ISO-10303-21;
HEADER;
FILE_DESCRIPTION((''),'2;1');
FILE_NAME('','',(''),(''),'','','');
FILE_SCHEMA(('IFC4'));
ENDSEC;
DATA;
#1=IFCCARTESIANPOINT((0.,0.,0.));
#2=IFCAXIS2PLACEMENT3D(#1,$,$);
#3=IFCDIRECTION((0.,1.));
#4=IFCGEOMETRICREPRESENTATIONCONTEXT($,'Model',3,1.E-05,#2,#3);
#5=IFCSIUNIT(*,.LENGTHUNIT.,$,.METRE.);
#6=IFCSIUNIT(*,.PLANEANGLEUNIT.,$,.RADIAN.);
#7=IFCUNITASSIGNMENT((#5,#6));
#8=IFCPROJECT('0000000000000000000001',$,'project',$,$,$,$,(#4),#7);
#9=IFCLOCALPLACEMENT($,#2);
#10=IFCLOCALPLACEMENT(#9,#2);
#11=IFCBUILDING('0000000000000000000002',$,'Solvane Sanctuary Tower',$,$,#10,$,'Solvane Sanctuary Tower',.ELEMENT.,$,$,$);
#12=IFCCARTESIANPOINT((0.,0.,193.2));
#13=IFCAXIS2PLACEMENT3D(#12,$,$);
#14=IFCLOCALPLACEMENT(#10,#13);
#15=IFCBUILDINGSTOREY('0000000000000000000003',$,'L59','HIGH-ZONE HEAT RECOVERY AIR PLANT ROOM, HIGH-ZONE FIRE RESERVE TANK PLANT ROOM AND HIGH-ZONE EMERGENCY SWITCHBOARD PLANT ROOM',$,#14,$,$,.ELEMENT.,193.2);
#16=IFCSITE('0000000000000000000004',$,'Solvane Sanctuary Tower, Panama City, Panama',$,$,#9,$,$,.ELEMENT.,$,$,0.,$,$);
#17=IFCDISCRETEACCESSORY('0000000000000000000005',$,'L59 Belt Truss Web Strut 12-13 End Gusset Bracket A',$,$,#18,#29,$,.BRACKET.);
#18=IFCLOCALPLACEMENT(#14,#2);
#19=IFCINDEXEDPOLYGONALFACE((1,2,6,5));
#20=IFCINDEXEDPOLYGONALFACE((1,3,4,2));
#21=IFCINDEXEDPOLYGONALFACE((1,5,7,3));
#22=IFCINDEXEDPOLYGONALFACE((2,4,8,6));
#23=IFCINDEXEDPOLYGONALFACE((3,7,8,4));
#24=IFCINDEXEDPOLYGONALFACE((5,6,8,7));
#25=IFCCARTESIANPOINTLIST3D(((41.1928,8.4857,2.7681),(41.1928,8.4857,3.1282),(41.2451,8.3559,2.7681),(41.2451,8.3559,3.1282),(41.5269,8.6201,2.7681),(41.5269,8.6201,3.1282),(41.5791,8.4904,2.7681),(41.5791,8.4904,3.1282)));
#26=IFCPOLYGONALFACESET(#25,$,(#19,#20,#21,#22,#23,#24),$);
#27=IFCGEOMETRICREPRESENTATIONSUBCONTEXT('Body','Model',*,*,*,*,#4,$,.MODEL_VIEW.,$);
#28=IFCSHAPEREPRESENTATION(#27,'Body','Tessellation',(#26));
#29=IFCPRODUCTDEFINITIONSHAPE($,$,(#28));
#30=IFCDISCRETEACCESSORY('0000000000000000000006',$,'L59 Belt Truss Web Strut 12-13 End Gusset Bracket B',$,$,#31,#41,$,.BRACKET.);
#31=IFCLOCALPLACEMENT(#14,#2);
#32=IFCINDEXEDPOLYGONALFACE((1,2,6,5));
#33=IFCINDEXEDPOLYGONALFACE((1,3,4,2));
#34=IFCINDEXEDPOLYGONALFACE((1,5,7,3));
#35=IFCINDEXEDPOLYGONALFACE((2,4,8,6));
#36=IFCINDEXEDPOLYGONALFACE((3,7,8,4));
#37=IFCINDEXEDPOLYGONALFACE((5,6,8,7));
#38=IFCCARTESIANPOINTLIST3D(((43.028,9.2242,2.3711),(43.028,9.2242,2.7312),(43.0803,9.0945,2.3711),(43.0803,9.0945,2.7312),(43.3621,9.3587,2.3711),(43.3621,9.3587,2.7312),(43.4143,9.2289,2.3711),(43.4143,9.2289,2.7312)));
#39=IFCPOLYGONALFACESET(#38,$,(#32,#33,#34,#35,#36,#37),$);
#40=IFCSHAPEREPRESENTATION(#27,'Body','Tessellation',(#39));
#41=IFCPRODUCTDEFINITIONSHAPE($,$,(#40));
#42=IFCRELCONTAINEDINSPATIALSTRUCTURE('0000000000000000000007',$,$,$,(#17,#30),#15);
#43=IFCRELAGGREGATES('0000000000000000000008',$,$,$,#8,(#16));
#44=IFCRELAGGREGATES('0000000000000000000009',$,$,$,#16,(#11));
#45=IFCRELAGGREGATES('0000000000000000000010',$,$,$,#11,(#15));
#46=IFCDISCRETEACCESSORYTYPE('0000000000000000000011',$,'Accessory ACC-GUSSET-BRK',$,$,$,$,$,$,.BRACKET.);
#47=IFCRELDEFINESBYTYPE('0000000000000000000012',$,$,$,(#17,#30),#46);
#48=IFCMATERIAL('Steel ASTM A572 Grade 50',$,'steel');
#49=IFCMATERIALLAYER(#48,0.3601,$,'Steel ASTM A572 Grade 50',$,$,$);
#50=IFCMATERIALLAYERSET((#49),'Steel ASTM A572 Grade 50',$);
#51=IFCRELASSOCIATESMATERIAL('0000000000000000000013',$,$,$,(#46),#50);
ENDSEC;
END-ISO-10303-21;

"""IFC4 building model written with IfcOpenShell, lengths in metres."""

from ifc_helpers import new_model, si_unit, direction, frame, origin, origin_2d, place, context, subcontext, project, spatial, rectangle, extrude, material, layer, layer_set, type_object, element, save


model = new_model("IFC4")

# Units and contexts
model_context = context("Model", 3, precision=1e-05, world=origin(), true_north=direction((0.0, 1.0)))
body_context = subcontext(model_context, "Body", "Model", "MODEL_VIEW")
ifc_project = project(units=[si_unit("LENGTHUNIT", "METRE"), si_unit("PLANEANGLEUNIT", "RADIAN")], contexts=[model_context])

# Site, building, storey
site_placement = place(None, origin())
site = spatial("IfcSite", under=ifc_project, at=site_placement, Name="Solvane Sanctuary Tower, Panama City, Panama", CompositionType="ELEMENT", RefElevation=0.0)
building_placement = place(site_placement, origin())
building = spatial("IfcBuilding", under=site, at=building_placement, Name="Solvane Sanctuary Tower", LongName="Solvane Sanctuary Tower", CompositionType="ELEMENT")
storey_placement = place(building_placement, frame((0.0, 0.0, 193.2)))
storey = spatial("IfcBuildingStorey", under=building, at=storey_placement, Name="L59", Description="HIGH-ZONE HEAT RECOVERY AIR PLANT ROOM, HIGH-ZONE FIRE RESERVE TANK PLANT ROOM AND HIGH-ZONE EMERGENCY SWITCHBOARD PLANT ROOM", CompositionType="ELEMENT", Elevation=193.2)

# Discrete accessories
ifc_material_1 = material(Name="Steel ASTM A572 Grade 50", Category="steel")
ifc_layer_1 = layer(ifc_material_1, 0.3601, Name="Steel ASTM A572 Grade 50")
ifc_layer_set_1 = layer_set([ifc_layer_1], Name="Steel ASTM A572 Grade 50")
discrete_accessory_type = type_object("IfcDiscreteAccessoryType", Name="Accessory ACC-GUSSET-BRK", PredefinedType="BRACKET", material=ifc_layer_set_1)
for number, where, z_axis, x_axis, name in (
    (1, (41.386, 8.488, 2.7681), (0.0, 0.0, 1.0), (0.927706, 0.373312, 0.0), "L59 Belt Truss Web Strut 12-13 End Gusset Bracket A"),
    (2, (43.2212, 9.2266, 2.3711), (0.0, 0.0, 1.0), (0.927706, 0.373312, 0.0), "L59 Belt Truss Web Strut 12-13 End Gusset Bracket B"),
):
    element("IfcDiscreteAccessory", number, at=place(storey_placement, frame(where, z_axis=z_axis, x_axis=x_axis)), inside=storey, type_object=discrete_accessory_type, Name=name, PredefinedType="BRACKET", context=body_context, shape_type="SweptSolid", body=[
        extrude(rectangle(XDim=0.3601, YDim=0.1399, at=origin_2d()), origin(), (0.0, 0.0, 1.0), 0.3601),
    ])

save(model, "model.ifc")
